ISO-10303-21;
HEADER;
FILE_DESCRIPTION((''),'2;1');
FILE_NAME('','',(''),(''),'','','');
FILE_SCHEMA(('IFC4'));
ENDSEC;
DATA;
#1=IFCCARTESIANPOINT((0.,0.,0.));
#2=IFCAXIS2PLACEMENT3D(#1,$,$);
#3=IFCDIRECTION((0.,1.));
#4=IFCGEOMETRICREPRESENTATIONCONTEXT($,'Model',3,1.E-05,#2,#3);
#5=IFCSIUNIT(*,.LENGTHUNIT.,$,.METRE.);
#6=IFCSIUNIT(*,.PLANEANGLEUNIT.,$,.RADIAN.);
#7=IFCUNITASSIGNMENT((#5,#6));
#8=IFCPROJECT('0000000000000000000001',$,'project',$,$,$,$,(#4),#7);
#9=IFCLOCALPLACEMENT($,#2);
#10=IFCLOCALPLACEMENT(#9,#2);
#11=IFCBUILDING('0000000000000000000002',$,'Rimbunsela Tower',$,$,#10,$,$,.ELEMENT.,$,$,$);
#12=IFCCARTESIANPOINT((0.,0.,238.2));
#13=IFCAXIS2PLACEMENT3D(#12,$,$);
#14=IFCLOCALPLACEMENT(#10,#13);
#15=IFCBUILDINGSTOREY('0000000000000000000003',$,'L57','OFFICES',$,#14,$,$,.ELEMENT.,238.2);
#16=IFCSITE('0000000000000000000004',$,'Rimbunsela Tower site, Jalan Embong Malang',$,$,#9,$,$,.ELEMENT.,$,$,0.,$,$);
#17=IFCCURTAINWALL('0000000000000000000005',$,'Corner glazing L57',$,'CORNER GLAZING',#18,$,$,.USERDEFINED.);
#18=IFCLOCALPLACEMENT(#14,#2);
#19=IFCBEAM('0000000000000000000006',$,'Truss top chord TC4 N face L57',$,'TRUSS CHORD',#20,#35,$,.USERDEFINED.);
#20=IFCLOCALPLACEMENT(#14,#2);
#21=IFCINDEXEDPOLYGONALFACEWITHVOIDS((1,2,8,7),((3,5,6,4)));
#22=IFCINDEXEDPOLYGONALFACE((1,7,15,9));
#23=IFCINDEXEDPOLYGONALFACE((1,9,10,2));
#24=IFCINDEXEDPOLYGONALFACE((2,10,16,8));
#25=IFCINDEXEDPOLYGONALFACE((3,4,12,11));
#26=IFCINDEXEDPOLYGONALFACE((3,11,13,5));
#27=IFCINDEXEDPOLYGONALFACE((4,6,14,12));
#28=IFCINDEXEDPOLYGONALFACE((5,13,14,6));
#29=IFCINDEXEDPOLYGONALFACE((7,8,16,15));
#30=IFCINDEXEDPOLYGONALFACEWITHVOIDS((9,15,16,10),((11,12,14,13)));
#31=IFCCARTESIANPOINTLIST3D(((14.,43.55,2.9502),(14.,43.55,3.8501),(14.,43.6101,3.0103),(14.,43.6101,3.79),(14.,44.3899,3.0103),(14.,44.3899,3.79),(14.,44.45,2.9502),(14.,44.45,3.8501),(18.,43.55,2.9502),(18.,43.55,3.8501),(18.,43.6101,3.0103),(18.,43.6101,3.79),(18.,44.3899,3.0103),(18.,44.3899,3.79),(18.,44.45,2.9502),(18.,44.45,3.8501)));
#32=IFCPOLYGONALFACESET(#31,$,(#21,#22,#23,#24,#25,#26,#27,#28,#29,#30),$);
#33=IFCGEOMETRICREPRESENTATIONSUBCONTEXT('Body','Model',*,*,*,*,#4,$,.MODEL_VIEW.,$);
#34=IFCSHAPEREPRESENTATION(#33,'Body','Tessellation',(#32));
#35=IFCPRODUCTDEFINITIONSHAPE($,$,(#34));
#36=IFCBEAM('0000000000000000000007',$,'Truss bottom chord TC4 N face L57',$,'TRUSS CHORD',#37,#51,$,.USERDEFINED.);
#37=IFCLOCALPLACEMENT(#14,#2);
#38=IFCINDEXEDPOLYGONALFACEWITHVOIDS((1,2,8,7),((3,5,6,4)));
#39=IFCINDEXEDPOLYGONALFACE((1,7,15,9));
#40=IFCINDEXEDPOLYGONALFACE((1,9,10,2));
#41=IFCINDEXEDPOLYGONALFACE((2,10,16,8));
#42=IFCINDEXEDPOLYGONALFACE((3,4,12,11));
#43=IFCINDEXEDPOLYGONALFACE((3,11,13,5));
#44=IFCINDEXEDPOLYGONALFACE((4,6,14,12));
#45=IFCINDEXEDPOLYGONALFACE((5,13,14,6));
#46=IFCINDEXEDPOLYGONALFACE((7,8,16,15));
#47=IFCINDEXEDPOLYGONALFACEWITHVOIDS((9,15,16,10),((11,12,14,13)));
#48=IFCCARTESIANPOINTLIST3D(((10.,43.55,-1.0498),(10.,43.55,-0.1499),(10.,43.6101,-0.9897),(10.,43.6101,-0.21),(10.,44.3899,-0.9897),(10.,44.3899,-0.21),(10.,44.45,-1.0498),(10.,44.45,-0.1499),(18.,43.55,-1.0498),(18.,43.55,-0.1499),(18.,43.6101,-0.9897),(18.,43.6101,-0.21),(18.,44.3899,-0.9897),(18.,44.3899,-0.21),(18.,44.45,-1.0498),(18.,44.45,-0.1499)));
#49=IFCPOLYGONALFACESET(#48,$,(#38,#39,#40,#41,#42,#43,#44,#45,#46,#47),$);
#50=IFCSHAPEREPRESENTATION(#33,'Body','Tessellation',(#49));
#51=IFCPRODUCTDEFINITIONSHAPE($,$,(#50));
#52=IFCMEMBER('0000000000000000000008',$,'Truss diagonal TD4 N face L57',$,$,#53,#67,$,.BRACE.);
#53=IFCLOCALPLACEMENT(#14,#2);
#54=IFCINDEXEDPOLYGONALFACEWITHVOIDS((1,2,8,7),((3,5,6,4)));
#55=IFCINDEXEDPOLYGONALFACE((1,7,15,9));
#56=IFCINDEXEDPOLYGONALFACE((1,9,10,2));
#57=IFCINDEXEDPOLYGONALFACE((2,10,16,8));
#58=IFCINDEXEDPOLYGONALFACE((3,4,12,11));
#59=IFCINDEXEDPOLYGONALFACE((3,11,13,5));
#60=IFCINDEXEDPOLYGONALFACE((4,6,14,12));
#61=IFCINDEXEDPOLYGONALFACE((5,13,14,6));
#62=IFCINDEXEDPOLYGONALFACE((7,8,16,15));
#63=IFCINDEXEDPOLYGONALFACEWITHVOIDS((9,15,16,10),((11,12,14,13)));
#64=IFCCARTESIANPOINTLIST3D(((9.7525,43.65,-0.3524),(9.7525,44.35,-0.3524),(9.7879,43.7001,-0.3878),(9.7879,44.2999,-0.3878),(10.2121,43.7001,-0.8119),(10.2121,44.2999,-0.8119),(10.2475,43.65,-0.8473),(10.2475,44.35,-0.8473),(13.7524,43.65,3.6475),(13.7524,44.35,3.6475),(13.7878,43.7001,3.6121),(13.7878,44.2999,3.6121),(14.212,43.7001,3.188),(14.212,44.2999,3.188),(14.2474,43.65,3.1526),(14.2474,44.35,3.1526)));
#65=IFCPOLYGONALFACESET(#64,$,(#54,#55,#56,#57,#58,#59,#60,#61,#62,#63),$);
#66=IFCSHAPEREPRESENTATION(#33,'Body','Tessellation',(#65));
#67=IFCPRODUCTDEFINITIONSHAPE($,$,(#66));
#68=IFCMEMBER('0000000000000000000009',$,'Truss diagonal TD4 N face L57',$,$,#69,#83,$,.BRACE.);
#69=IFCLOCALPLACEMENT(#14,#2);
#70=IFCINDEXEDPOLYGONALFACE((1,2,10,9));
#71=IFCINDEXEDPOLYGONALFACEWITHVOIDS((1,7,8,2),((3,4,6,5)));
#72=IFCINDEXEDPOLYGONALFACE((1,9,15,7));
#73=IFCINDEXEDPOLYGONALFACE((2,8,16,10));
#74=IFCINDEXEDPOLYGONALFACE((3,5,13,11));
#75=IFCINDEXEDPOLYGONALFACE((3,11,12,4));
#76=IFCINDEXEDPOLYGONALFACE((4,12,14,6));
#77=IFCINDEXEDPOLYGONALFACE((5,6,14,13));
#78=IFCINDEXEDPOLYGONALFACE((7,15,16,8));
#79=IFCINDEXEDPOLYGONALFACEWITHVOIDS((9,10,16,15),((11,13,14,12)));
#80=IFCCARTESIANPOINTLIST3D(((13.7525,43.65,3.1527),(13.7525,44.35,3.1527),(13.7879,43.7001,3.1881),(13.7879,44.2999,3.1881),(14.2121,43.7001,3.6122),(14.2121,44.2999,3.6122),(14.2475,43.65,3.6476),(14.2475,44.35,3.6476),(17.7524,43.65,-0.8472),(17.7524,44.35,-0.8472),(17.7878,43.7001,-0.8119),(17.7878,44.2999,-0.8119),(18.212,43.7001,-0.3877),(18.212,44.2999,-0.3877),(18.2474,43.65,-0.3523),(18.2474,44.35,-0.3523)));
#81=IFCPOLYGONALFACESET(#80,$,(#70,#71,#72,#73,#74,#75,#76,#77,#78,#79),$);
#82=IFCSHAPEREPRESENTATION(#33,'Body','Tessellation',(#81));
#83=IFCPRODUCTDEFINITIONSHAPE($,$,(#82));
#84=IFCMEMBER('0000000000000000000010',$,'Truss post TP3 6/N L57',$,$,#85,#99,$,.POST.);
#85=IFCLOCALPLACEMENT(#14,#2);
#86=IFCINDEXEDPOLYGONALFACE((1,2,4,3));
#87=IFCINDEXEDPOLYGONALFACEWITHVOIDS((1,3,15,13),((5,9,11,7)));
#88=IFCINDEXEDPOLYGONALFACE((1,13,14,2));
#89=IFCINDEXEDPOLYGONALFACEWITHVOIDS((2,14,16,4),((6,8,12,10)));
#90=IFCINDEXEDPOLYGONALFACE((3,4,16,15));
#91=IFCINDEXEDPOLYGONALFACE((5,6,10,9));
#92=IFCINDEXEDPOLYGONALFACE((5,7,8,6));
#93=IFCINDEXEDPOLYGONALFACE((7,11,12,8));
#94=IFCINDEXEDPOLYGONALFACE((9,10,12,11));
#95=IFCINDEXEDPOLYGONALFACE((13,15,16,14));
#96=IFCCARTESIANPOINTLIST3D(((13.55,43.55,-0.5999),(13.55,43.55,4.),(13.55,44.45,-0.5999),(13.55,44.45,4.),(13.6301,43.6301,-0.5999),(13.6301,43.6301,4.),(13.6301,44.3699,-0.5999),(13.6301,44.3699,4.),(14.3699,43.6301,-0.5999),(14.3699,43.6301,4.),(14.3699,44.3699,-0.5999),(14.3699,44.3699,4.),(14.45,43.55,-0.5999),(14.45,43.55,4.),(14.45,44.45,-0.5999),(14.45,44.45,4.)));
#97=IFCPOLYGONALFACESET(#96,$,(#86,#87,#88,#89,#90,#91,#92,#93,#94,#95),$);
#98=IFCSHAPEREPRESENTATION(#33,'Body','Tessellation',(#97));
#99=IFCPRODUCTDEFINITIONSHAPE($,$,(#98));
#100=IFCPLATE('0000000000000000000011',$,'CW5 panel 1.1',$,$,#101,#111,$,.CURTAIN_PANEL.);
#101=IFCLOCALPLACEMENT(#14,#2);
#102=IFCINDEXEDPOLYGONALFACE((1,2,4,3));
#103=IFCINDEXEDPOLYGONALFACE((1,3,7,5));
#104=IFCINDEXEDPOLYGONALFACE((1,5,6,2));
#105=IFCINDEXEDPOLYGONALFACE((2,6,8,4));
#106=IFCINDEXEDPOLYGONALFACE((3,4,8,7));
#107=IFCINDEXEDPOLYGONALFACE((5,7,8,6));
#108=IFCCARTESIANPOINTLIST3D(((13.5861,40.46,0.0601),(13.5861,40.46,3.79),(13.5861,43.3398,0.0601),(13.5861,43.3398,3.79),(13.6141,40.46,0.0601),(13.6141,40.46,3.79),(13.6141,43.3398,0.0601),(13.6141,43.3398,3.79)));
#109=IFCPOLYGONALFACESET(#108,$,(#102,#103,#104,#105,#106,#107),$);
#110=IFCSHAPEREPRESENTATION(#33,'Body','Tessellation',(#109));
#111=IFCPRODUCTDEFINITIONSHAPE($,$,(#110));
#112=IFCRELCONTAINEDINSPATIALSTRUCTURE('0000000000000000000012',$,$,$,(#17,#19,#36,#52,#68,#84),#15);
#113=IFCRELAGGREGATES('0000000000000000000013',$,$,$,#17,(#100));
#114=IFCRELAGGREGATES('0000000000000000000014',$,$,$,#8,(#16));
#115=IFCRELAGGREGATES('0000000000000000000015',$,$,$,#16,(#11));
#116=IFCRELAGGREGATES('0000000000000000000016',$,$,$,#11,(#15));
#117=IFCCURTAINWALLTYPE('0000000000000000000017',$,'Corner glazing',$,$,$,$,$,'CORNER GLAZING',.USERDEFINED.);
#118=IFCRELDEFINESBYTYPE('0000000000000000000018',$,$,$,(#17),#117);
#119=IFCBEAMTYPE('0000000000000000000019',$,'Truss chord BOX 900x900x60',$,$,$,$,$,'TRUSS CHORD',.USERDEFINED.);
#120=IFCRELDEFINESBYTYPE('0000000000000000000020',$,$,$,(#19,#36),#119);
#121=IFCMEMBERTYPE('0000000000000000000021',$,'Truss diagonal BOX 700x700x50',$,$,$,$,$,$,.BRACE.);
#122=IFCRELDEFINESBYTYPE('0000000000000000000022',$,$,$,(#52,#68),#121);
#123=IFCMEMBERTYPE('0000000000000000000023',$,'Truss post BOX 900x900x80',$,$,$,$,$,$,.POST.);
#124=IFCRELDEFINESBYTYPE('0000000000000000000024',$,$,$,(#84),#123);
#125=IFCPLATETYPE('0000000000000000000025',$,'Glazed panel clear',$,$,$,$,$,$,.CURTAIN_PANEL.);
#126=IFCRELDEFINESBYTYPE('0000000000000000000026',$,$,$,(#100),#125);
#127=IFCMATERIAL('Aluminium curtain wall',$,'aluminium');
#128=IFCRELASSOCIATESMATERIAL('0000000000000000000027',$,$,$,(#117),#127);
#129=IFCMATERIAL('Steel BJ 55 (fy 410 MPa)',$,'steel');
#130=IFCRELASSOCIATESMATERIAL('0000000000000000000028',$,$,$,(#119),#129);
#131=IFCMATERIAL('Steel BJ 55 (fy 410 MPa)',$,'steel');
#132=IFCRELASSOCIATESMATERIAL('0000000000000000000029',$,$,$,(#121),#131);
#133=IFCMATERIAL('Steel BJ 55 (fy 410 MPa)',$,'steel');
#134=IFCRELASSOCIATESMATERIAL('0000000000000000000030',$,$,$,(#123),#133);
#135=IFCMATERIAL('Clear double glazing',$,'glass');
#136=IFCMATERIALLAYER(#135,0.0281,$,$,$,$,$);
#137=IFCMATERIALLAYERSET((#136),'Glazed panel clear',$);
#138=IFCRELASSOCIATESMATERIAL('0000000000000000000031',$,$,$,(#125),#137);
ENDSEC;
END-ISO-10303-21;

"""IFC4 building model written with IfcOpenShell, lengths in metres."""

from ifc_helpers import new_model, si_unit, direction, frame, origin, origin_2d, place, context, subcontext, project, spatial, rectangle, hollow_rectangle, extrude, material, layer, layer_set, material_profile, profile_set, type_object, element, aggregate, save


model = new_model("IFC4")

# Units and contexts
model_context = context("Model", 3, precision=1e-05, world=origin(), true_north=direction((0.0, 1.0)))
body_context = subcontext(model_context, "Body", "Model", "MODEL_VIEW")
ifc_project = project(units=[si_unit("LENGTHUNIT", "METRE"), si_unit("PLANEANGLEUNIT", "RADIAN")], contexts=[model_context])

# Site, building, storey
site_placement = place(None, origin())
site = spatial("IfcSite", under=ifc_project, at=site_placement, Name="Rimbunsela Tower site, Jalan Embong Malang", CompositionType="ELEMENT", RefElevation=0.0)
building_placement = place(site_placement, origin())
building = spatial("IfcBuilding", under=site, at=building_placement, Name="Rimbunsela Tower", CompositionType="ELEMENT")
storey_placement = place(building_placement, frame((0.0, 0.0, 238.2)))
storey = spatial("IfcBuildingStorey", under=building, at=storey_placement, Name="L57", Description="OFFICES", CompositionType="ELEMENT", Elevation=238.2)

# Curtain wall
ifc_material_1 = material(Name="Aluminium curtain wall", Category="aluminium")
curtain_wall_type = type_object("IfcCurtainWallType", Name="Corner glazing", ElementType="CORNER GLAZING", PredefinedType="USERDEFINED", material=ifc_material_1)
curtain_wall_placement = place(storey_placement, origin())
curtain_wall = element("IfcCurtainWall", 1, at=curtain_wall_placement, inside=storey, type_object=curtain_wall_type, Name="Corner glazing L57", ObjectType="CORNER GLAZING", PredefinedType="USERDEFINED")

# Beams
ifc_material_2 = material(Name="Steel BJ 55 (fy 410 MPa)", Category="steel")
ifc_material_profile_1 = material_profile(ifc_material_2, hollow_rectangle(XDim=0.8999, YDim=0.8999, WallThickness=0.0601, at=origin_2d()), Name="BOX 900x900x60")
ifc_profile_set_1 = profile_set([ifc_material_profile_1], Name="Steel BJ 55 (fy 410 MPa)")
beam_type_1 = type_object("IfcBeamType", Name="Truss chord BOX 900x900x60", ElementType="TRUSS CHORD", PredefinedType="USERDEFINED", material=ifc_profile_set_1)
for number, where, z_axis, x_axis, name in (
    (2, (14.0, 44.0, 3.4001), (1.0, 0.0, 0.0), (0.0, 1.0, 0.0), "Truss top chord TC4 N face L57"),
):
    element("IfcBeam", number, at=place(storey_placement, frame(where, z_axis=z_axis, x_axis=x_axis)), inside=storey, type_object=beam_type_1, Name=name, ObjectType="TRUSS CHORD", PredefinedType="USERDEFINED", context=body_context, shape_type="SweptSolid", body=[
        extrude(hollow_rectangle(XDim=0.8999, YDim=0.8999, WallThickness=0.0601, at=origin_2d()), origin(), (0.0, 0.0, 1.0), 4.0),
    ])
beam_1_placement = place(storey_placement, frame((10.0, 44.0, -0.5999), z_axis=(1.0, 0.0, 0.0), x_axis=(0.0, 1.0, 0.0)))
element("IfcBeam", 3, at=beam_1_placement, inside=storey, type_object=beam_type_1, Name="Truss bottom chord TC4 N face L57", ObjectType="TRUSS CHORD", PredefinedType="USERDEFINED", context=body_context, shape_type="SweptSolid", body=[
    extrude(hollow_rectangle(XDim=0.8999, YDim=0.8999, WallThickness=0.0601, at=origin_2d()), origin(), (0.0, 0.0, 1.0), 8.0),
])

# Members
ifc_material_3 = material(Name="Steel BJ 55 (fy 410 MPa)", Category="steel")
ifc_material_profile_2 = material_profile(ifc_material_3, hollow_rectangle(XDim=0.7, YDim=0.7, WallThickness=0.05, at=origin_2d()), Name="BOX 700x700x50")
ifc_profile_set_2 = profile_set([ifc_material_profile_2], Name="Steel BJ 55 (fy 410 MPa)")
member_type_1 = type_object("IfcMemberType", Name="Truss diagonal BOX 700x700x50", PredefinedType="BRACE", material=ifc_profile_set_2)
for number, where, z_axis, x_axis, name in (
    (4, (10.0, 44.0, -0.5999), (0.707107, 0.0, 0.707107), (0.0, 1.0, 0.0), "Truss diagonal TD4 N face L57"),
    (5, (14.0, 44.0, 3.4001), (0.707107, 0.0, -0.707107), (0.0, 1.0, 0.0), "Truss diagonal TD4 N face L57"),
):
    element("IfcMember", number, at=place(storey_placement, frame(where, z_axis=z_axis, x_axis=x_axis)), inside=storey, type_object=member_type_1, Name=name, PredefinedType="BRACE", context=body_context, shape_type="SweptSolid", body=[
        extrude(hollow_rectangle(XDim=0.7, YDim=0.7, WallThickness=0.05, at=origin_2d()), origin(), (0.0, 0.0, 1.0), 5.6567),
    ])
ifc_material_4 = material(Name="Steel BJ 55 (fy 410 MPa)", Category="steel")
ifc_material_profile_3 = material_profile(ifc_material_4, hollow_rectangle(XDim=0.8999, YDim=0.8999, WallThickness=0.0801, at=origin_2d()), Name="BOX 900x900x80")
ifc_profile_set_3 = profile_set([ifc_material_profile_3], Name="Steel BJ 55 (fy 410 MPa)")
member_type_2 = type_object("IfcMemberType", Name="Truss post BOX 900x900x80", PredefinedType="POST", material=ifc_profile_set_3)
member_1_placement = place(storey_placement, frame((14.0, 44.0, -0.5999), z_axis=(0.0, 0.0, 1.0), x_axis=(1.0, 0.0, 0.0)))
element("IfcMember", 6, at=member_1_placement, inside=storey, type_object=member_type_2, Name="Truss post TP3 6/N L57", PredefinedType="POST", context=body_context, shape_type="SweptSolid", body=[
    extrude(hollow_rectangle(XDim=0.8999, YDim=0.8999, WallThickness=0.0801, at=origin_2d()), origin(), (0.0, 0.0, 1.0), 4.5999),
])

# Plate
ifc_material_5 = material(Name="Clear double glazing", Category="glass")
ifc_layer = layer(ifc_material_5, 0.0281)
ifc_layer_set = layer_set([ifc_layer], Name="Glazed panel clear")
plate_type = type_object("IfcPlateType", Name="Glazed panel clear", PredefinedType="CURTAIN_PANEL", material=ifc_layer_set)
plate_placement = place(storey_placement, frame((13.6001, 41.8999, 0.0601), z_axis=(0.0, 0.0, 1.0), x_axis=(0.0, -1.0, 0.0)))
plate = element("IfcPlate", 7, at=plate_placement, type_object=plate_type, Name="CW5 panel 1.1", PredefinedType="CURTAIN_PANEL", context=body_context, shape_type="SweptSolid", body=[
    extrude(rectangle(XDim=2.8799, YDim=0.0281, at=origin_2d()), origin(), (0.0, 0.0, 1.0), 3.73),
])
aggregate(curtain_wall, [plate])

save(model, "model.ifc")
